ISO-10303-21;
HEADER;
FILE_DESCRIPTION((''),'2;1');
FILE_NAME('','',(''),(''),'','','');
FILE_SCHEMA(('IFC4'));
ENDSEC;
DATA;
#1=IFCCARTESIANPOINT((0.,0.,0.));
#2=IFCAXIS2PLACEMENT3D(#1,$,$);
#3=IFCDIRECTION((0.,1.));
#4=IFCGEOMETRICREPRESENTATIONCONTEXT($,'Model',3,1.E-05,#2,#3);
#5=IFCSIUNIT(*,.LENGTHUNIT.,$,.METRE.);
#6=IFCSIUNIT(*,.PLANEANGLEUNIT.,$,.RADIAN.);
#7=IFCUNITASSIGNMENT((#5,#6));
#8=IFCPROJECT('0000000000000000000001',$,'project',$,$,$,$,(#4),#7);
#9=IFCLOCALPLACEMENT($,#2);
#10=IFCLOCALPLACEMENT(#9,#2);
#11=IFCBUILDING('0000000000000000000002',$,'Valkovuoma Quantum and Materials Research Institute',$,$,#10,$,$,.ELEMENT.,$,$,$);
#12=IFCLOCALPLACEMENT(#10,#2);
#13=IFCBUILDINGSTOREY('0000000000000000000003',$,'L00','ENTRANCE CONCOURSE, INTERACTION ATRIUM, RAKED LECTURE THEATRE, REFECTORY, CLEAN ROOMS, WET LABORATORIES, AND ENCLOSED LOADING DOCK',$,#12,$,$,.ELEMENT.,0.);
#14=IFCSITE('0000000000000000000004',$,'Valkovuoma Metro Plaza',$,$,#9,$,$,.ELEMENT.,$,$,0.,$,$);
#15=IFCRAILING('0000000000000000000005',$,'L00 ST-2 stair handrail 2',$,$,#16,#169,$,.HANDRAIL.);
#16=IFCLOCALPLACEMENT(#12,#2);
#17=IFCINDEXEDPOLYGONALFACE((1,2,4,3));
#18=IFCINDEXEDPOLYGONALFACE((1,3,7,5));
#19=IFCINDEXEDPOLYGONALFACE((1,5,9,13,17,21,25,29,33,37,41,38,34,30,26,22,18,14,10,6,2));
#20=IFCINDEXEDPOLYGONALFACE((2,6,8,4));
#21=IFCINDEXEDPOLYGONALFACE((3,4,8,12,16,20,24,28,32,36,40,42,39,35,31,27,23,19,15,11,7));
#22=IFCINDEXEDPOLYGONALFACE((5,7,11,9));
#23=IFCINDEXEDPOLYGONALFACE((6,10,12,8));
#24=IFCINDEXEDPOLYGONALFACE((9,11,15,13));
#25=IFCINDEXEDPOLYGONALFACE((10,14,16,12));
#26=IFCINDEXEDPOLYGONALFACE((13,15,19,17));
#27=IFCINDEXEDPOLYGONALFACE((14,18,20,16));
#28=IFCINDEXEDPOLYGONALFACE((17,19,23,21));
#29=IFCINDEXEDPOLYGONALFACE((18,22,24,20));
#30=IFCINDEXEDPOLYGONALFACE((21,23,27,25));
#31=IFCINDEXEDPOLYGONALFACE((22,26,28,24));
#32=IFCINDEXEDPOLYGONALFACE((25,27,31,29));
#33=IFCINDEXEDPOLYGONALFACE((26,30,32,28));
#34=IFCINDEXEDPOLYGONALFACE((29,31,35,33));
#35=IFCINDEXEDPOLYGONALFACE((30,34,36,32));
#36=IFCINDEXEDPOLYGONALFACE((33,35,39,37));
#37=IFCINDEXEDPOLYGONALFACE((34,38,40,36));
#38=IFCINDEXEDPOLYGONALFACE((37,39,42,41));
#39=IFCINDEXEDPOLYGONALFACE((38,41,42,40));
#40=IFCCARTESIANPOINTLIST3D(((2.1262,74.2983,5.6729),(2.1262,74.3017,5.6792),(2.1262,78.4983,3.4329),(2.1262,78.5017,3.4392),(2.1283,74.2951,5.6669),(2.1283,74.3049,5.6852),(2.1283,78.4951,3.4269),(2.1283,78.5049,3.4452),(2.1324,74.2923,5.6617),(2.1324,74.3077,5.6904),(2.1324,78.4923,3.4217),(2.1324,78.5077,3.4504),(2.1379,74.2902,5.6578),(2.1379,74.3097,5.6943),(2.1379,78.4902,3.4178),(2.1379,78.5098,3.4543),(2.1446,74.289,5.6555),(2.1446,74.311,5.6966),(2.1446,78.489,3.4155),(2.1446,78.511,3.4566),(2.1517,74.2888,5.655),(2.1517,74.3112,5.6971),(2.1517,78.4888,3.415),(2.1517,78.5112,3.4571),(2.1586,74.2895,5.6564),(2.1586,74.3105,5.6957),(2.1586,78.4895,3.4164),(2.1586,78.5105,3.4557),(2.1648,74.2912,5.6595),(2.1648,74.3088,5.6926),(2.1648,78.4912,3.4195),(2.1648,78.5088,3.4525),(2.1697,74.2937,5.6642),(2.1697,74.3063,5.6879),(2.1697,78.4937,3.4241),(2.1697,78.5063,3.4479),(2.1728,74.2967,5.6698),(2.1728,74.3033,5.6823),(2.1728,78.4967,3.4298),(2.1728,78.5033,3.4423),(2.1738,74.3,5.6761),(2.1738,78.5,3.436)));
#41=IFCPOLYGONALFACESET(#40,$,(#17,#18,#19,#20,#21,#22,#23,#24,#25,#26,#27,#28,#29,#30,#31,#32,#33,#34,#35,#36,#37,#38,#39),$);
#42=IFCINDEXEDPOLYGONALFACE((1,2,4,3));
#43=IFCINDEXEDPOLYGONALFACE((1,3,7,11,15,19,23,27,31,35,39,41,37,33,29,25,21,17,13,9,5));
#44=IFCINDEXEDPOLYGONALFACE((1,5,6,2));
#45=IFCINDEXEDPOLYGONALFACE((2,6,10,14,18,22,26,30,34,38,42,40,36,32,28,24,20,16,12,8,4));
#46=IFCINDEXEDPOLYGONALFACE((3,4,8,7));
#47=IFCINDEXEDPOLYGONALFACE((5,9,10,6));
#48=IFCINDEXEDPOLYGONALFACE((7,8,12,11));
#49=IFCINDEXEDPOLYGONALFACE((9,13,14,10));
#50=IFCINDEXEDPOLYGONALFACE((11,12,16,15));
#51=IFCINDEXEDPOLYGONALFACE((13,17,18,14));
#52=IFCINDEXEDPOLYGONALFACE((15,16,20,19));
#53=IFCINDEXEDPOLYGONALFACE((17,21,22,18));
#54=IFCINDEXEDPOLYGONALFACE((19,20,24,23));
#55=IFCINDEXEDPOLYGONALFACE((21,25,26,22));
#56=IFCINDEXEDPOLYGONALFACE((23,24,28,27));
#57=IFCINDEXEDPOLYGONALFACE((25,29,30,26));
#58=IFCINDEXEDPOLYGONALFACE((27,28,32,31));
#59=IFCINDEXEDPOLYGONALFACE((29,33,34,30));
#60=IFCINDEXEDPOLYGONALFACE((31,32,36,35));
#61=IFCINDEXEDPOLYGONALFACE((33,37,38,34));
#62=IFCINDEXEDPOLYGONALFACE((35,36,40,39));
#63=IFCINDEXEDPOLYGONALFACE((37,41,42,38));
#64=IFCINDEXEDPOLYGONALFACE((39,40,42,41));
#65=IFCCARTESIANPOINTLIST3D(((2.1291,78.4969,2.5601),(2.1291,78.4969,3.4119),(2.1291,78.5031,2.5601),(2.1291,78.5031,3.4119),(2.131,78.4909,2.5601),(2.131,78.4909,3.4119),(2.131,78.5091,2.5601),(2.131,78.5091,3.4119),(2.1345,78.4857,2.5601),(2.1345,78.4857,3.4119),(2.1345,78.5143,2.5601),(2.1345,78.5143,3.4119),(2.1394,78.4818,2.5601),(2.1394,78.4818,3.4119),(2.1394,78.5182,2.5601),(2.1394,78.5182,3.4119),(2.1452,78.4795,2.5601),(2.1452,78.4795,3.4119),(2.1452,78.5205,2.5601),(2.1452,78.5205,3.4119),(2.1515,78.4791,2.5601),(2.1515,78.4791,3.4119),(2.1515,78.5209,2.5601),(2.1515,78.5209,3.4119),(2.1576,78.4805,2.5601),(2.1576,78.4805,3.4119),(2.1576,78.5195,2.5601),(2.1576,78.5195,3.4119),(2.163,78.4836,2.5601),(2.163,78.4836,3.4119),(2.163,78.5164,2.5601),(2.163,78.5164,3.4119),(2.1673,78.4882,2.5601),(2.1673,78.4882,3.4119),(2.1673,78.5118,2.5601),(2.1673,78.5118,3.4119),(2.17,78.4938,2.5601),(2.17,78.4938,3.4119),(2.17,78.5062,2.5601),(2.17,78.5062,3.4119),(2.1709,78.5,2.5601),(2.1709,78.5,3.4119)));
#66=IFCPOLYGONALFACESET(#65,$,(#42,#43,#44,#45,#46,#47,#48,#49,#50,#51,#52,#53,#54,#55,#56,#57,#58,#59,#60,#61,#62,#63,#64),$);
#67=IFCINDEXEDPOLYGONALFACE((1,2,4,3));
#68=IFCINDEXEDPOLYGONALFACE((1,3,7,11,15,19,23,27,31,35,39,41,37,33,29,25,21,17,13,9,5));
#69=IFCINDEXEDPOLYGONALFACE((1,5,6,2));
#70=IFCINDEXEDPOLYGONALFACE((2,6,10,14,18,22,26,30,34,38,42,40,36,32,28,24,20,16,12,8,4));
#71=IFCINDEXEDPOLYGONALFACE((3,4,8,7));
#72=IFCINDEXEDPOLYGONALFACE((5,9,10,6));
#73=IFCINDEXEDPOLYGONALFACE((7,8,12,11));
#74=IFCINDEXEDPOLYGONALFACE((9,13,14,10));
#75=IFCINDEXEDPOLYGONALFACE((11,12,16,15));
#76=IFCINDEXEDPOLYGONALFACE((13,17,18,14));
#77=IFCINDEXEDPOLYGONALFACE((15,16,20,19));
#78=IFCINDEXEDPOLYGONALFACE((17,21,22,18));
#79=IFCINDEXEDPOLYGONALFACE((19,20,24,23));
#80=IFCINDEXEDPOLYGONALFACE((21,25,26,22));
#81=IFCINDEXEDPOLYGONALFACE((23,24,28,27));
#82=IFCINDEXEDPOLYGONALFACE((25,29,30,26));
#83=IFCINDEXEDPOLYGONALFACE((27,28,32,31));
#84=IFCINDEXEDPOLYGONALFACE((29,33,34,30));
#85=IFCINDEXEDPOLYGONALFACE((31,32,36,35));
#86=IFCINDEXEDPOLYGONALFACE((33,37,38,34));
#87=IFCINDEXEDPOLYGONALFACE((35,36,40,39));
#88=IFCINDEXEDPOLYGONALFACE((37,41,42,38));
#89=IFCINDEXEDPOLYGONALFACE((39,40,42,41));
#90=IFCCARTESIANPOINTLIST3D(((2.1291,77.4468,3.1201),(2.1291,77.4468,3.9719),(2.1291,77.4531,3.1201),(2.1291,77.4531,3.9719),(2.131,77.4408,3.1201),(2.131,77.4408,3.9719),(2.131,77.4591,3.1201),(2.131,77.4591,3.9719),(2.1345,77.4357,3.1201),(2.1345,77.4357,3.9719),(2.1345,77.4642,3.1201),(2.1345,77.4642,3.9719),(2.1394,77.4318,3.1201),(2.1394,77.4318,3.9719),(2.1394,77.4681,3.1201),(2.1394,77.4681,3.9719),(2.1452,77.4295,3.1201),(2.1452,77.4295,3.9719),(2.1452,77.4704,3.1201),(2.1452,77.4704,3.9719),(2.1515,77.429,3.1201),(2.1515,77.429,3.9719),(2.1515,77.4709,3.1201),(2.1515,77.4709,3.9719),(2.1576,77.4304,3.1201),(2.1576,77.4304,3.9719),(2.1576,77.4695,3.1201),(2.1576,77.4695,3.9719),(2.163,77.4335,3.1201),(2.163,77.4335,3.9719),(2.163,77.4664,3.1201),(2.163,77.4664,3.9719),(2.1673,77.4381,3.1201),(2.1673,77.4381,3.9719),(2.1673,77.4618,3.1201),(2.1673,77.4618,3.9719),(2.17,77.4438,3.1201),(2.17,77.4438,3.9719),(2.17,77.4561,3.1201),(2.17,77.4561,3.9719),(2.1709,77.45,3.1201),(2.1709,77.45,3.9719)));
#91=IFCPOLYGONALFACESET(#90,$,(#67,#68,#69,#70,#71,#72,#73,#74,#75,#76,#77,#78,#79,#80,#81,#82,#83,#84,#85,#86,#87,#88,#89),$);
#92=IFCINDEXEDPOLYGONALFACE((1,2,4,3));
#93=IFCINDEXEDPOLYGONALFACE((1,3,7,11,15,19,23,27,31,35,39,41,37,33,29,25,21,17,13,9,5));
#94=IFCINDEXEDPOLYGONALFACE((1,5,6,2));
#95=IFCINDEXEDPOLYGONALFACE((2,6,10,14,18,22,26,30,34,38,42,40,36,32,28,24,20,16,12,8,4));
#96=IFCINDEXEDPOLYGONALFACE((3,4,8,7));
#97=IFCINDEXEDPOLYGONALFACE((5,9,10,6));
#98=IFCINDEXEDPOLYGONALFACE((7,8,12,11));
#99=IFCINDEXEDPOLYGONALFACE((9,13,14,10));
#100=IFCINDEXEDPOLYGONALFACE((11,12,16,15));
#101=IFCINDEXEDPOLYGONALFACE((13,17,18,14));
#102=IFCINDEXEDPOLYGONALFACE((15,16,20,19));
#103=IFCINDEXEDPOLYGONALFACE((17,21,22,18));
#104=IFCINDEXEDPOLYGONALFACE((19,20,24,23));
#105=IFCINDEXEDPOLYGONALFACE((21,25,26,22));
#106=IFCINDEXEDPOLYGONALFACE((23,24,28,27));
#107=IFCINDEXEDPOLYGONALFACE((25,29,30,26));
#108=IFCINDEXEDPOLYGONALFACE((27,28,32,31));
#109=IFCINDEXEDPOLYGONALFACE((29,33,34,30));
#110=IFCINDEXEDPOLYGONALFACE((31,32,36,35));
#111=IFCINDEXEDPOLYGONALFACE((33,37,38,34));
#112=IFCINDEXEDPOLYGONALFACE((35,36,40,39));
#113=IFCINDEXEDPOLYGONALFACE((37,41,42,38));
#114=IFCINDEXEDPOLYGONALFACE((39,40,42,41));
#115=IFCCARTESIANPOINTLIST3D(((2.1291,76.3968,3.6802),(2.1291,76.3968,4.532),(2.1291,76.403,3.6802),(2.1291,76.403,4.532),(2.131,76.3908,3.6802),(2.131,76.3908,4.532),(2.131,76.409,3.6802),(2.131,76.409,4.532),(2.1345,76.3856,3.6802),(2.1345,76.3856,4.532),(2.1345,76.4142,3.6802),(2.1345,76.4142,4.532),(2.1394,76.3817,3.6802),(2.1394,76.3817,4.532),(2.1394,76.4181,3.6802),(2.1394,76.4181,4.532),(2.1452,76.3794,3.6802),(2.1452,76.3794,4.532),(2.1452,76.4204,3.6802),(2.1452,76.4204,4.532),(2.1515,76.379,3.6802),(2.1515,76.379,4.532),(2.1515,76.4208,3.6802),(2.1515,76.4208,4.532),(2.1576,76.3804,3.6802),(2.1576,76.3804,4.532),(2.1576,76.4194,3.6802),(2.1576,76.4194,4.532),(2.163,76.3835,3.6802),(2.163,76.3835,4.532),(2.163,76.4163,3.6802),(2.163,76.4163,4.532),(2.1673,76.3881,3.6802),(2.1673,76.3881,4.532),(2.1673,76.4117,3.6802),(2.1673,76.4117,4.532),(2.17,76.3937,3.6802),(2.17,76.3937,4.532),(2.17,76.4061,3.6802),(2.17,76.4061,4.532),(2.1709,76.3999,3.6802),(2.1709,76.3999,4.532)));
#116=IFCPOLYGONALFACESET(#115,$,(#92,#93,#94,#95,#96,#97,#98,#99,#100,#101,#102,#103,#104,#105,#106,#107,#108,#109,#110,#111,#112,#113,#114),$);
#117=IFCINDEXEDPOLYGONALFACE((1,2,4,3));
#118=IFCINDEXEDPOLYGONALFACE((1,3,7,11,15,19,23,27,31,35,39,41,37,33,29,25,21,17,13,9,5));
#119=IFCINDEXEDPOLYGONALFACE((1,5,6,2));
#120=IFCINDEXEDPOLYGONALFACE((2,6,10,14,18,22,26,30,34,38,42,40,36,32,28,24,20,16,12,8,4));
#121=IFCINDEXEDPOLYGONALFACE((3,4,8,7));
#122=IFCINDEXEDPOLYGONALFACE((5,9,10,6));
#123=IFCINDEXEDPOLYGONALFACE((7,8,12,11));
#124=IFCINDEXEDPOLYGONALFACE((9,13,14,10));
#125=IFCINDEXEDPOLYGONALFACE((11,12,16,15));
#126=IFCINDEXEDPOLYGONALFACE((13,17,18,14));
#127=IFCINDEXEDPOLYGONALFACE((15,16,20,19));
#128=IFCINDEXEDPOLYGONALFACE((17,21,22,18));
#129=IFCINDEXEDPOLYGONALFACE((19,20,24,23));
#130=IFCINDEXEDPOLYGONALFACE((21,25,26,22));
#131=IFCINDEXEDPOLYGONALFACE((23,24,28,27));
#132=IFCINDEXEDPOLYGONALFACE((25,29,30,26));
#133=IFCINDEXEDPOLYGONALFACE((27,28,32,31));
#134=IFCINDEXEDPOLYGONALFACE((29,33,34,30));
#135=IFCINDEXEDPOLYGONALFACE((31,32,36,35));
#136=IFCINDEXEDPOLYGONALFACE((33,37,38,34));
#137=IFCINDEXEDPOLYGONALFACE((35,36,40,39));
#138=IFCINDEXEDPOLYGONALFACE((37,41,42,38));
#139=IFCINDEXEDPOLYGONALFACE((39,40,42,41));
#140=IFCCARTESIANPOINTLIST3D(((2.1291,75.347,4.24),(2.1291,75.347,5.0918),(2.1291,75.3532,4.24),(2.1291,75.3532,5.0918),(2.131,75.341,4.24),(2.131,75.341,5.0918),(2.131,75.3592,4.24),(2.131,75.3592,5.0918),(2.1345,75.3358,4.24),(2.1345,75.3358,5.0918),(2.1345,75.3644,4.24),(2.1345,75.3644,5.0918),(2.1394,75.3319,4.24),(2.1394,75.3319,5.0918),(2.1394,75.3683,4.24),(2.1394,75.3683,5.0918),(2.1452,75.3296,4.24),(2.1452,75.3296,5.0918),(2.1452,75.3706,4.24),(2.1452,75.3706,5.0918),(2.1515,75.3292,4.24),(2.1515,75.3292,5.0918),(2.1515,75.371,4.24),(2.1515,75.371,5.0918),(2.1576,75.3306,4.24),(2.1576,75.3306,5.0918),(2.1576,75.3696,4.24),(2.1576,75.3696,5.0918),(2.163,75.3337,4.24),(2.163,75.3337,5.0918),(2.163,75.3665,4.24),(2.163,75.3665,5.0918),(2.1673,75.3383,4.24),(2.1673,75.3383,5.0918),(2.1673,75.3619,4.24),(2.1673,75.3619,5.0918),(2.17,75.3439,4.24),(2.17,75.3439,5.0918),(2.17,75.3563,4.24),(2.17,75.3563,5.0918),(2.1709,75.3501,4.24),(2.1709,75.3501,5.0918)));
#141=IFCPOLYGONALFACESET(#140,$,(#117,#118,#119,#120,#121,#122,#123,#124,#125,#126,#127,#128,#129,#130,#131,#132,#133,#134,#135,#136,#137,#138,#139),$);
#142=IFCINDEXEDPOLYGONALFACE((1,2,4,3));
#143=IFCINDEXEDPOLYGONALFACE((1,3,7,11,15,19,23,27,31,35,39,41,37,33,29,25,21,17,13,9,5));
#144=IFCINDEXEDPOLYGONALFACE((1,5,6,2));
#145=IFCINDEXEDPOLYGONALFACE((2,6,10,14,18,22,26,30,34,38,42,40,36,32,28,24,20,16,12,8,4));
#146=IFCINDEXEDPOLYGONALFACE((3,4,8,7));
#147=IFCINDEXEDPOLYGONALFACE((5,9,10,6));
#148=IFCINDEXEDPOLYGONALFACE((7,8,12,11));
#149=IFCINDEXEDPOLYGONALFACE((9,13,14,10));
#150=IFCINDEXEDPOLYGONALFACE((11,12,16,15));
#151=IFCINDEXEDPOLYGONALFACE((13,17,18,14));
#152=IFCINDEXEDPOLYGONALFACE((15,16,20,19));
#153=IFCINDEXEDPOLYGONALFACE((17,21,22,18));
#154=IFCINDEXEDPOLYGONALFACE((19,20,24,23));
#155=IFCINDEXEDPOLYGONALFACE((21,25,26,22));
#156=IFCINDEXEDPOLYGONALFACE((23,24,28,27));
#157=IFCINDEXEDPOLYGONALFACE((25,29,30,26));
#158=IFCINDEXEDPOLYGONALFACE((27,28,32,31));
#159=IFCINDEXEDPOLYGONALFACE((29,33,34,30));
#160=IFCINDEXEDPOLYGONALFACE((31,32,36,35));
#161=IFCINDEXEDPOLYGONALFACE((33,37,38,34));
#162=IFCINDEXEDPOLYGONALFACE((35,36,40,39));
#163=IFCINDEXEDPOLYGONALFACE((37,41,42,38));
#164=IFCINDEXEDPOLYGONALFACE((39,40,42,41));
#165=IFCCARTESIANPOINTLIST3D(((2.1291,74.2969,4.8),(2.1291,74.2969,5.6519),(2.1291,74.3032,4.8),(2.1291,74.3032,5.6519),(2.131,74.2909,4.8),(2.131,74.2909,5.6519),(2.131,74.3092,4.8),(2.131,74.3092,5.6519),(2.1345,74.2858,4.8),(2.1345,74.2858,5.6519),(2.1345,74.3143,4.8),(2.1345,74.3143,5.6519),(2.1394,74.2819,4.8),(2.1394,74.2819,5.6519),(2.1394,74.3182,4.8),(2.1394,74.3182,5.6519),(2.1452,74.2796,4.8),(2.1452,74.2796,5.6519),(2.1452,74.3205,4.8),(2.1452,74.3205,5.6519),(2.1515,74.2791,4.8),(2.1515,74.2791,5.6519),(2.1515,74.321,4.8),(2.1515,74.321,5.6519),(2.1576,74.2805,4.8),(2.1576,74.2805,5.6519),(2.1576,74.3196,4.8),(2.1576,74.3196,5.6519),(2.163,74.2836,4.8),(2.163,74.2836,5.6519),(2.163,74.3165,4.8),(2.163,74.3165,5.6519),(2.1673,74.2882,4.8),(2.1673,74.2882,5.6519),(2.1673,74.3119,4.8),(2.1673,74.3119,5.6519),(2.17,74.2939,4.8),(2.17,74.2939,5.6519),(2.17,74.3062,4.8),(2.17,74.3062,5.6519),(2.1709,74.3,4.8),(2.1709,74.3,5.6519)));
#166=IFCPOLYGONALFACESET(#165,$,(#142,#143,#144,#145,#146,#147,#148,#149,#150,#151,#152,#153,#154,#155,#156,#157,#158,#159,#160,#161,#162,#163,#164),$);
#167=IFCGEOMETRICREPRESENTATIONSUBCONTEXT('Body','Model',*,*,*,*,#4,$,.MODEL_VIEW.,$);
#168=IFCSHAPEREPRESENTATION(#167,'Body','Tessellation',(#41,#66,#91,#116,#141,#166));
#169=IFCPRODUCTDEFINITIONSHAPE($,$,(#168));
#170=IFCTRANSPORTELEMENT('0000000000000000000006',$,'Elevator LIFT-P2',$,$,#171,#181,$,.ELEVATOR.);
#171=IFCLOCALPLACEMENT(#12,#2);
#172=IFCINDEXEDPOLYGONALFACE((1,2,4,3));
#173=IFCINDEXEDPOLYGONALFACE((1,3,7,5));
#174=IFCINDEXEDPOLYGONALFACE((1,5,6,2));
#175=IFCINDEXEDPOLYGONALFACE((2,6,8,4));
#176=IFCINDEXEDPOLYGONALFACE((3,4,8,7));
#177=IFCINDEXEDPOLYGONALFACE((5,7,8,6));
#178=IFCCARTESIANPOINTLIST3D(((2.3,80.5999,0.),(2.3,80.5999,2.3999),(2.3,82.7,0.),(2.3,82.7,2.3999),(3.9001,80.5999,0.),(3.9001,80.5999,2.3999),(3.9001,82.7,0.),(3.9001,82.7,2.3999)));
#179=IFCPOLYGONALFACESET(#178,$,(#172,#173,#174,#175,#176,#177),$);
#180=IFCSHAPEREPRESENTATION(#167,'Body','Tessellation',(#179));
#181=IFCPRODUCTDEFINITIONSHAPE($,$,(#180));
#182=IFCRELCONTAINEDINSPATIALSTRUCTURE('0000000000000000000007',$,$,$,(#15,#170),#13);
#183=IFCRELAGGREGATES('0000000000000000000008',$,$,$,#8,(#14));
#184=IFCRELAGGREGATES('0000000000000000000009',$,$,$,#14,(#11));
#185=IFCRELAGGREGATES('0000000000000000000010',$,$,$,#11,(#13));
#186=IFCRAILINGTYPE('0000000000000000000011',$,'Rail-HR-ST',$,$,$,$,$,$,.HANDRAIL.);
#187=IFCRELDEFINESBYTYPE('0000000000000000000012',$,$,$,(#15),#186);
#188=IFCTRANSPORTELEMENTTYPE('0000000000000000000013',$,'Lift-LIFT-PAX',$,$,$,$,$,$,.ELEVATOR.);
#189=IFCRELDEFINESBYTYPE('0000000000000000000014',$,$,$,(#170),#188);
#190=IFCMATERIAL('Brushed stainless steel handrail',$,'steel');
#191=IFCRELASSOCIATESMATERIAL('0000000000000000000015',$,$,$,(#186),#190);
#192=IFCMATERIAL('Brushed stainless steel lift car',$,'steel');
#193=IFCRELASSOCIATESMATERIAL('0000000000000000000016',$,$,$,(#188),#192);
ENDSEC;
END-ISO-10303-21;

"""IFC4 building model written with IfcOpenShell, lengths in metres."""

from ifc_helpers import new_model, si_unit, direction, frame, origin, origin_2d, place, context, subcontext, project, spatial, rectangle, circle, extrude, material, type_object, element, save


model = new_model("IFC4")

# Units and contexts
model_context = context("Model", 3, precision=1e-05, world=origin(), true_north=direction((0.0, 1.0)))
body_context = subcontext(model_context, "Body", "Model", "MODEL_VIEW")
ifc_project = project(units=[si_unit("LENGTHUNIT", "METRE"), si_unit("PLANEANGLEUNIT", "RADIAN")], contexts=[model_context])

# Site, building, storey
site_placement = place(None, origin())
site = spatial("IfcSite", under=ifc_project, at=site_placement, Name="Valkovuoma Metro Plaza", CompositionType="ELEMENT", RefElevation=0.0)
building_placement = place(site_placement, origin())
building = spatial("IfcBuilding", under=site, at=building_placement, Name="Valkovuoma Quantum and Materials Research Institute", CompositionType="ELEMENT")
storey_placement = place(building_placement, origin())
storey = spatial("IfcBuildingStorey", under=building, at=storey_placement, Name="L00", Description="ENTRANCE CONCOURSE, INTERACTION ATRIUM, RAKED LECTURE THEATRE, REFECTORY, CLEAN ROOMS, WET LABORATORIES, AND ENCLOSED LOADING DOCK", CompositionType="ELEMENT", Elevation=0.0)

# Railing
ifc_material_1 = material(Name="Brushed stainless steel handrail", Category="steel")
railing_type_1 = type_object("IfcRailingType", Name="Rail-HR-ST", PredefinedType="HANDRAIL", material=ifc_material_1)
railing_1_placement = place(storey_placement, frame((2.1499, 78.5, 2.5601)))
element("IfcRailing", 1, at=railing_1_placement, inside=storey, type_object=railing_type_1, Name="L00 ST-2 stair handrail 2", PredefinedType="HANDRAIL", context=body_context, shape_type="SweptSolid", body=[
    extrude(circle(Radius=0.0239, at=origin_2d()), frame((0.0, 0.0, 0.876), z_axis=(0.0, -0.882352, 0.470591), x_axis=(1.0, 0.0, 0.0)), (0.0, 0.0, 1.0), 4.76),
    extrude(circle(Radius=0.021, at=origin_2d()), origin(), (0.0, 0.0, 1.0), 0.8518),
    extrude(circle(Radius=0.021, at=origin_2d()), frame((0.0, -1.05, 0.5601)), (0.0, 0.0, 1.0), 0.8518),
    extrude(circle(Radius=0.021, at=origin_2d()), frame((0.0, -2.1001, 1.1201)), (0.0, 0.0, 1.0), 0.8518),
    extrude(circle(Radius=0.021, at=origin_2d()), frame((0.0, -3.1499, 1.6799)), (0.0, 0.0, 1.0), 0.8518),
    extrude(circle(Radius=0.021, at=origin_2d()), frame((0.0, -4.2, 2.24)), (0.0, 0.0, 1.0), 0.8518),
])

# Transport element
ifc_material_2 = material(Name="Brushed stainless steel lift car", Category="steel")
transport_element_type = type_object("IfcTransportElementType", Name="Lift-LIFT-PAX", PredefinedType="ELEVATOR", material=ifc_material_2)
transport_element_placement = place(storey_placement, frame((3.1001, 81.6499, 0.0), z_axis=(0.0, 0.0, 1.0), x_axis=(1.0, 0.0, 0.0)))
element("IfcTransportElement", 2, at=transport_element_placement, inside=storey, type_object=transport_element_type, Name="Elevator LIFT-P2", PredefinedType="ELEVATOR", context=body_context, shape_type="SweptSolid", body=[
    extrude(rectangle(XDim=1.6001, YDim=2.1001, at=origin_2d()), origin(), (0.0, 0.0, 1.0), 2.3999),
])

save(model, "model.ifc")
